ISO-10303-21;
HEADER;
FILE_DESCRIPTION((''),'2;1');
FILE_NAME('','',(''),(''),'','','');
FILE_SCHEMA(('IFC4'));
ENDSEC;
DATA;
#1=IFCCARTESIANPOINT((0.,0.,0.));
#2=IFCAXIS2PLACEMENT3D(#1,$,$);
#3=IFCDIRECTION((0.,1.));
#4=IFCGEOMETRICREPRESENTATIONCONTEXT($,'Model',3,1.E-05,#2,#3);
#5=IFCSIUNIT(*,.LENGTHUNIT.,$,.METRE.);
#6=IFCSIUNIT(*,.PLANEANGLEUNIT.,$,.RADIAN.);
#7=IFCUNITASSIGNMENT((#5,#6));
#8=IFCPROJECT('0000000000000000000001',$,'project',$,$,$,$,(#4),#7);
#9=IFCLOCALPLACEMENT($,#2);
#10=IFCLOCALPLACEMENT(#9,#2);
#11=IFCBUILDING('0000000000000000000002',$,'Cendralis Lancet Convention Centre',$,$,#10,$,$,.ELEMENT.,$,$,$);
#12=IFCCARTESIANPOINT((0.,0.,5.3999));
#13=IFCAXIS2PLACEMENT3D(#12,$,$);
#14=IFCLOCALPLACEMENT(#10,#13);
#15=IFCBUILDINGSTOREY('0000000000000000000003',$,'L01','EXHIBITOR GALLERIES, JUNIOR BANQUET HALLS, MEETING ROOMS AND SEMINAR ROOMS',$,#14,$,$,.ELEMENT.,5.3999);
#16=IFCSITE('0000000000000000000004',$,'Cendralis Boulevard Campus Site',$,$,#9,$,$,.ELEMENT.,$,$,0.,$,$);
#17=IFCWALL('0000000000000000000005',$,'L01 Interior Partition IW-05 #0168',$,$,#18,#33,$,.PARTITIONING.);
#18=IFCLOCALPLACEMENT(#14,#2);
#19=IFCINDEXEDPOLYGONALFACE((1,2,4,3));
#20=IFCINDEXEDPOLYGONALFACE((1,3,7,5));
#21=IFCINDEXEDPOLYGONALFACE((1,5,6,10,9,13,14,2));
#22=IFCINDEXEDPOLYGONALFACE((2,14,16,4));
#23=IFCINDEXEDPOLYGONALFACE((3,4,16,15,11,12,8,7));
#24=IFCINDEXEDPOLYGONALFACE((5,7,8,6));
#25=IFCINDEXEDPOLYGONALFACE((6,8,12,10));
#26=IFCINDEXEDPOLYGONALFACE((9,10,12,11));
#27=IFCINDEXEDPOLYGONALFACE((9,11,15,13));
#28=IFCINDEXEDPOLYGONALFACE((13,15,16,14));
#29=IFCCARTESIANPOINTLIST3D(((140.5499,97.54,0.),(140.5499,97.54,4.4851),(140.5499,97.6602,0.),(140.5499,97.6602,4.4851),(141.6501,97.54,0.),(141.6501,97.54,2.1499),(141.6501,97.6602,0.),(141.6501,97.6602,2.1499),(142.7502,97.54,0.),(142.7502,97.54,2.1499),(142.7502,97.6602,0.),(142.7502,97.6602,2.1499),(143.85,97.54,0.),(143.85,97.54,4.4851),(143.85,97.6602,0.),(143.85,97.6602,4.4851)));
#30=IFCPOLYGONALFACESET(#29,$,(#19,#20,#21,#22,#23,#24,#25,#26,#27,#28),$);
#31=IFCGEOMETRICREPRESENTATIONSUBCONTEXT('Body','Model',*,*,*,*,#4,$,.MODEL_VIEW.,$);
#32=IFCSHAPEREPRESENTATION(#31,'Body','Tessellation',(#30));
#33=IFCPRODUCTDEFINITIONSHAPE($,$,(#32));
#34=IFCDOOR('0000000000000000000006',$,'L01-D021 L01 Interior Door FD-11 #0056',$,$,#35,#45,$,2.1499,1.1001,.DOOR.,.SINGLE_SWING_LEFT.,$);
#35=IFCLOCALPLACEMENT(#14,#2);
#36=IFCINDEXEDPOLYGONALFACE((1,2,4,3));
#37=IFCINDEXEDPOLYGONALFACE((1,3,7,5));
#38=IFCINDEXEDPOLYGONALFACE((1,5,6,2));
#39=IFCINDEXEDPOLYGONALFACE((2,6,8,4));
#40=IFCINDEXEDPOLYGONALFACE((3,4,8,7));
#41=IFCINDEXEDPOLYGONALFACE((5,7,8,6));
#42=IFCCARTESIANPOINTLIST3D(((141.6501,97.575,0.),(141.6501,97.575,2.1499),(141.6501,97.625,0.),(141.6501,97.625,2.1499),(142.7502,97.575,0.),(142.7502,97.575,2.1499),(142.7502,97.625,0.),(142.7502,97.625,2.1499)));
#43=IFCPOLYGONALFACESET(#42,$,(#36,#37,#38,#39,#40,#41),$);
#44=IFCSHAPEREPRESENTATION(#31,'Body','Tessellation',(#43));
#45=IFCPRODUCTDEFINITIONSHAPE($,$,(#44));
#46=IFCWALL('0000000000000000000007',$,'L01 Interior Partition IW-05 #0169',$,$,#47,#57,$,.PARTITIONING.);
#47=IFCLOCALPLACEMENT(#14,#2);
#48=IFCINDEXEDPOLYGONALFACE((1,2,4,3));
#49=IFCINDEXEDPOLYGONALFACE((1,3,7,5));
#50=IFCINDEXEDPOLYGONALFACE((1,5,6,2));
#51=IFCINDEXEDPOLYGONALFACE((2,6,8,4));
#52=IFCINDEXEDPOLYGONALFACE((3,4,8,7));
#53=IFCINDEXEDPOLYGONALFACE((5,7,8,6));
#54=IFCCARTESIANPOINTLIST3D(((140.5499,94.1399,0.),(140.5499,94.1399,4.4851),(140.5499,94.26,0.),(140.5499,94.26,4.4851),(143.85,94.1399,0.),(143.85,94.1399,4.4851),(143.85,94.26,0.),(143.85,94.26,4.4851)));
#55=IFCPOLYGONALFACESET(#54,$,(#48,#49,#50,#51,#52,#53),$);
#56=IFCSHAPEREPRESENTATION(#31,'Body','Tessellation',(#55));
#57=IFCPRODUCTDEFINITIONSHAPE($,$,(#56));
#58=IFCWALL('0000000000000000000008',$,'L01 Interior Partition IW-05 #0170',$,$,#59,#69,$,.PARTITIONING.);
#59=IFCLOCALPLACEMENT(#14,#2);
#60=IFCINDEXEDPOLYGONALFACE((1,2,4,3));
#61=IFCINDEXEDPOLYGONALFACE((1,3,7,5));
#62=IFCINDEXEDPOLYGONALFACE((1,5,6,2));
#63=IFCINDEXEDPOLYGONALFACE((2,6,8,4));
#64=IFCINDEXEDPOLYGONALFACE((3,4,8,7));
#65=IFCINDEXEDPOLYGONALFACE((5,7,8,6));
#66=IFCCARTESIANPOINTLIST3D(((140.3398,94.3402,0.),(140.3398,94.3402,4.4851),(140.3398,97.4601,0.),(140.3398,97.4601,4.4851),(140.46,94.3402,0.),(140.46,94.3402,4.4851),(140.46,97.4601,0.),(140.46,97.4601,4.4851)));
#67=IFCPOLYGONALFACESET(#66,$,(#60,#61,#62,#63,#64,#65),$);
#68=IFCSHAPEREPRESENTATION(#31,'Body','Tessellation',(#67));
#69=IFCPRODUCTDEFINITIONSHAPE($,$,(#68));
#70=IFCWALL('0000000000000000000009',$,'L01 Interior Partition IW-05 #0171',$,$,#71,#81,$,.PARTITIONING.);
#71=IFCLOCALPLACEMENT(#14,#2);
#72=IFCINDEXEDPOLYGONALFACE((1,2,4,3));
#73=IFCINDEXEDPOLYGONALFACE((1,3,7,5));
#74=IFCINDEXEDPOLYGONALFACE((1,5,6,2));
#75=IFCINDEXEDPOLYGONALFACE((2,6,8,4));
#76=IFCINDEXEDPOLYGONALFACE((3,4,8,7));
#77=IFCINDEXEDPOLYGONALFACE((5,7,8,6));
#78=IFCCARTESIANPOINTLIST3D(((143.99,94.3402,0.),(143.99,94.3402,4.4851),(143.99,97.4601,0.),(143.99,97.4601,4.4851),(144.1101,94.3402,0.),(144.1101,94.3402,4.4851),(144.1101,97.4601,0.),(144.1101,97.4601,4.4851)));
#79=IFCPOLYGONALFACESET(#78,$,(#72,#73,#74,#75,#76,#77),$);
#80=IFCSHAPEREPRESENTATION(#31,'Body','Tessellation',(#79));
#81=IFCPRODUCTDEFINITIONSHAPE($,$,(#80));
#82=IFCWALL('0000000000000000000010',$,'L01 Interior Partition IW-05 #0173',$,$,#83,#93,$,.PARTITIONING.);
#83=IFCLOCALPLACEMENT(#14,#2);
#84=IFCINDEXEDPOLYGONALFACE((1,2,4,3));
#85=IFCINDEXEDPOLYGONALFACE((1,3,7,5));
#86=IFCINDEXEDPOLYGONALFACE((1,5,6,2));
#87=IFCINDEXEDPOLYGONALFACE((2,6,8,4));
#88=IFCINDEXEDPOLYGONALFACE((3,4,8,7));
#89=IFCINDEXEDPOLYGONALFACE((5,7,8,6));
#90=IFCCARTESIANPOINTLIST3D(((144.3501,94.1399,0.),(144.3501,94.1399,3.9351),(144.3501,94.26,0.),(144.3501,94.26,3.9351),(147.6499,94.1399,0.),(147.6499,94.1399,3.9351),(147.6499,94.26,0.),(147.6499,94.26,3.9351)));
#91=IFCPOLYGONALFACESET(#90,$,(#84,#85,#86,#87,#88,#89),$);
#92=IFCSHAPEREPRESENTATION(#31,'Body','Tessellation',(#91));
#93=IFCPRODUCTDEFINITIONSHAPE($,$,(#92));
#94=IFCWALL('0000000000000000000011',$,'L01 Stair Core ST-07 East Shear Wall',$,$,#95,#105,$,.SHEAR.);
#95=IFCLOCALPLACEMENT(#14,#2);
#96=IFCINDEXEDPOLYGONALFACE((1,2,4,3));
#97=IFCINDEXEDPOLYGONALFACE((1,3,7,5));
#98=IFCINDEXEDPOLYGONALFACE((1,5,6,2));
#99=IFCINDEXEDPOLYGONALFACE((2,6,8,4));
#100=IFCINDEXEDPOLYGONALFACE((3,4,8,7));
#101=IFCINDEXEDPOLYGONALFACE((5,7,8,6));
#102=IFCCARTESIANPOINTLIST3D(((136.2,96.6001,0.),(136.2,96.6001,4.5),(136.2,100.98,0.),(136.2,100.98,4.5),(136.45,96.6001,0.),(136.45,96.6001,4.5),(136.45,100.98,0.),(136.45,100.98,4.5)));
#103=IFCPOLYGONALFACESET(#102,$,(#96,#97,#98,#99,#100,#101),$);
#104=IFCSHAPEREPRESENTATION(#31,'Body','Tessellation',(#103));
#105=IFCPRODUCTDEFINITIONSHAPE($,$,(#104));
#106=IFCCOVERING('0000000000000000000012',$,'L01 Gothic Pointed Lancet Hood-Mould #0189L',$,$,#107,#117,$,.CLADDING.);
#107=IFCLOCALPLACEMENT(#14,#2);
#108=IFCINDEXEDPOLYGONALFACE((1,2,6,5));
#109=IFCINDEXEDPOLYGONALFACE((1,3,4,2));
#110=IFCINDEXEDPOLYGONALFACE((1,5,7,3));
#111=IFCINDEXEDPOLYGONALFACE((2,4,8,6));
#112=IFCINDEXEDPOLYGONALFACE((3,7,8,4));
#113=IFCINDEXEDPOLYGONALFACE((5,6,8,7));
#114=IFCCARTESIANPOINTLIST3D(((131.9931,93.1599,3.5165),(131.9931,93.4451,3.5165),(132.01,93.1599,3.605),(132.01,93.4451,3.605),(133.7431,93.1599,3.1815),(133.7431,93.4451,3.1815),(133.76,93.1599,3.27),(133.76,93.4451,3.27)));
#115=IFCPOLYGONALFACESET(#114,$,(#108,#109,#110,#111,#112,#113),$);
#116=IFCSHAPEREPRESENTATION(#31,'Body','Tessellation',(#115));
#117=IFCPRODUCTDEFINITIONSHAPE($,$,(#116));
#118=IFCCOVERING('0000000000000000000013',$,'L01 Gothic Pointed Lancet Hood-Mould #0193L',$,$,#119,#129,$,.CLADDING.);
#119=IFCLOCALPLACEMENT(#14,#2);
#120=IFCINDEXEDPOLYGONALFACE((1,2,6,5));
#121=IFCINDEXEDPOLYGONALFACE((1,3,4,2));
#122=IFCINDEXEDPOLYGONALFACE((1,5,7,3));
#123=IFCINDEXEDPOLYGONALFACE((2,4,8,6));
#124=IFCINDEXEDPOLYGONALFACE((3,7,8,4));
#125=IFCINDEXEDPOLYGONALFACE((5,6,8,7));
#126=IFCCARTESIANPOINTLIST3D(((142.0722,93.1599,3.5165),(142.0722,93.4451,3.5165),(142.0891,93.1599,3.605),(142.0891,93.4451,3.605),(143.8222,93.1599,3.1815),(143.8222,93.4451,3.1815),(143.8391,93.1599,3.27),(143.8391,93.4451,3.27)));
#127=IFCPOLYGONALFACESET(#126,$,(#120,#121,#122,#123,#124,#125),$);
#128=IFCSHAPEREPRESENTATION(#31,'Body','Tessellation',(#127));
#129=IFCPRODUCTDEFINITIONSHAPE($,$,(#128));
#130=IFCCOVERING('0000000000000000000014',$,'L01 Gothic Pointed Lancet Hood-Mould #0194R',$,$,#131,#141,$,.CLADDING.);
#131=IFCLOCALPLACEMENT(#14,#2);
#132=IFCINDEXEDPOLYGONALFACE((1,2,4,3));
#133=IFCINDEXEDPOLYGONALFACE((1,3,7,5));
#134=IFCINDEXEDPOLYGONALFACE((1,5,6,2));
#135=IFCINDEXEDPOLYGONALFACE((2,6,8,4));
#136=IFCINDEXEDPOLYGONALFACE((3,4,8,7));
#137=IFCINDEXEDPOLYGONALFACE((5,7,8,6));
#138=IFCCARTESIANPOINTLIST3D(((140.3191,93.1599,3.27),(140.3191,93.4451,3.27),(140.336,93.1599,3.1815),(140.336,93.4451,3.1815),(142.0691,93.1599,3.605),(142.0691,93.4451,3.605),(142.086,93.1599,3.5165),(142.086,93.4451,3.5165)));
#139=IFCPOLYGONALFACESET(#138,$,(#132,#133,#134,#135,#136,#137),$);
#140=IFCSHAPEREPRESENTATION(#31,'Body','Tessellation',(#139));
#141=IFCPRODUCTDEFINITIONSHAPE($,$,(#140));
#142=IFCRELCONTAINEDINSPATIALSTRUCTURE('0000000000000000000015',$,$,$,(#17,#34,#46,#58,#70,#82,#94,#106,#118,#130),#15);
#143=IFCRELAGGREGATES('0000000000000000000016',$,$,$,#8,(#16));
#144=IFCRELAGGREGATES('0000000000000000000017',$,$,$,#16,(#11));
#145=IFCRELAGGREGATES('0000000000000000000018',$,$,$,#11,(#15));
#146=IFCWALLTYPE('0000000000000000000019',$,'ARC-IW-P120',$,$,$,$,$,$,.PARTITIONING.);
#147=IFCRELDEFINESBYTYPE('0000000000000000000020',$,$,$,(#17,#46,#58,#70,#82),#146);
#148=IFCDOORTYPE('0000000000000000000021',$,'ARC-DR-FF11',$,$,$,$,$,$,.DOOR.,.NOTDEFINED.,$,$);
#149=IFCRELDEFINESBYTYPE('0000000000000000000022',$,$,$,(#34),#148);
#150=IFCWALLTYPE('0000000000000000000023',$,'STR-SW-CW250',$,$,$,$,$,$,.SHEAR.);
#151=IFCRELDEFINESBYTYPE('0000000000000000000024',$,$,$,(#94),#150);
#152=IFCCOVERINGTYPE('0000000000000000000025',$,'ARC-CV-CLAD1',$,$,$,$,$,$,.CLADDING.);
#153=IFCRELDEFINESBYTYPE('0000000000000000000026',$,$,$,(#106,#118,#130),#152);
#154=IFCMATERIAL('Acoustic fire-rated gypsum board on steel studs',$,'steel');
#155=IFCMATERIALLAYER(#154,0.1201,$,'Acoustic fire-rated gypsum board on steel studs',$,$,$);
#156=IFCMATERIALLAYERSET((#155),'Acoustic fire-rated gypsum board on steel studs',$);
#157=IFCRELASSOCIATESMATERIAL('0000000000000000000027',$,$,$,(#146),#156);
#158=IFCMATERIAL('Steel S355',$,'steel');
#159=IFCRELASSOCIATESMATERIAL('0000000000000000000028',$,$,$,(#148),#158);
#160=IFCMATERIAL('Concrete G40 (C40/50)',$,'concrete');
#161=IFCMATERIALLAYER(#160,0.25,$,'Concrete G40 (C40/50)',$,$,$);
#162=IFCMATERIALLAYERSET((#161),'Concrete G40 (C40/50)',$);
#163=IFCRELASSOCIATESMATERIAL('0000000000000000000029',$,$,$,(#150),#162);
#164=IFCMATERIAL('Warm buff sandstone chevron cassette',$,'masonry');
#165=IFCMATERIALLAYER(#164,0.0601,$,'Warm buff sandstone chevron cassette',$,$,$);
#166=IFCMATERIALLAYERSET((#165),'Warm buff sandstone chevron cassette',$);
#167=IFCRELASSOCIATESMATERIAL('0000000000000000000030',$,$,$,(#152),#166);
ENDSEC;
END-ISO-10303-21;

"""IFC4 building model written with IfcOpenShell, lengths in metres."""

from ifc_helpers import new_model, si_unit, direction, frame, frame_2d, origin, place, context, subcontext, project, spatial, polyline, rectangle, outline, extrude, material, layer, layer_set, type_object, element, fill, save


model = new_model("IFC4")

# Units and contexts
model_context = context("Model", 3, precision=1e-05, world=origin(), true_north=direction((0.0, 1.0)))
body_context = subcontext(model_context, "Body", "Model", "MODEL_VIEW")
ifc_project = project(units=[si_unit("LENGTHUNIT", "METRE"), si_unit("PLANEANGLEUNIT", "RADIAN")], contexts=[model_context])

# Site, building, storey
site_placement = place(None, origin())
site = spatial("IfcSite", under=ifc_project, at=site_placement, Name="Cendralis Boulevard Campus Site", CompositionType="ELEMENT", RefElevation=0.0)
building_placement = place(site_placement, origin())
building = spatial("IfcBuilding", under=site, at=building_placement, Name="Cendralis Lancet Convention Centre", CompositionType="ELEMENT")
storey_placement = place(building_placement, frame((0.0, 0.0, 5.3999)))
storey = spatial("IfcBuildingStorey", under=building, at=storey_placement, Name="L01", Description="EXHIBITOR GALLERIES, JUNIOR BANQUET HALLS, MEETING ROOMS AND SEMINAR ROOMS", CompositionType="ELEMENT", Elevation=5.3999)

# Shared definitions
ifc_material_1 = material(Name="Steel S355", Category="steel")

# Shared definitions
ifc_material_2 = material(Name="Concrete G40 (C40/50)", Category="concrete")

# Wall, opening, door
ifc_material_3 = material(Name="Acoustic fire-rated gypsum board on steel studs", Category="steel")
ifc_layer_1 = layer(ifc_material_3, 0.1201, Name="Acoustic fire-rated gypsum board on steel studs")
ifc_layer_set_1 = layer_set([ifc_layer_1], Name="Acoustic fire-rated gypsum board on steel studs")
wall_type_1 = type_object("IfcWallType", Name="ARC-IW-P120", PredefinedType="PARTITIONING", material=ifc_layer_set_1)
wall_1_placement = place(storey_placement, frame((140.55, 97.6001, 0.0), z_axis=(0.0, 0.0, 1.0), x_axis=(1.0, 0.0, 0.0)))
wall_1 = element("IfcWall", 1, at=wall_1_placement, inside=storey, type_object=wall_type_1, Name="L01 Interior Partition IW-05 #0168", PredefinedType="PARTITIONING", context=body_context, shape_type="SweptSolid", body=[
    extrude(rectangle(XDim=3.3, YDim=0.1201, at=frame_2d((1.6499, 0.0))), origin(), (0.0, 0.0, 1.0), 4.4851),
])
opening_1_placement = place(wall_1_placement, frame((1.1001, 0.0, 0.0)))
opening_1 = element("IfcOpeningElement", 2, at=opening_1_placement, cuts=wall_1, PredefinedType="OPENING", context=body_context, shape_type="SweptSolid", body=[
    extrude(rectangle(XDim=1.1001, YDim=2.1499, at=frame_2d((0.55, 1.075))), frame((0.0, 0.0701, 0.0), z_axis=(0.0, -1.0, 0.0), x_axis=(1.0, 0.0, 0.0)), (0.0, 0.0, 1.0), 0.1401),
])
door_type = type_object("IfcDoorType", Name="ARC-DR-FF11", OperationType="NOTDEFINED", PredefinedType="DOOR", material=ifc_material_1)
door_1_placement = place(opening_1_placement, origin())
door_1 = element("IfcDoor", 3, at=door_1_placement, inside=storey, type_object=door_type, Name="L01-D021 L01 Interior Door FD-11 #0056", OperationType="SINGLE_SWING_LEFT", OverallHeight=2.1499, OverallWidth=1.1001, PredefinedType="DOOR", context=body_context, shape_type="SweptSolid", body=[
    extrude(rectangle(XDim=1.1001, YDim=2.1499, at=frame_2d((0.55, 1.075))), frame((0.0, 0.0249, 0.0), z_axis=(0.0, -1.0, 0.0), x_axis=(1.0, 0.0, 0.0)), (0.0, 0.0, 1.0), 0.05),
])
fill(opening_1, door_1)

# Walls
wall_2_placement = place(storey_placement, frame((140.55, 94.2, 0.0), z_axis=(0.0, 0.0, 1.0), x_axis=(1.0, 0.0, 0.0)))
element("IfcWall", 4, at=wall_2_placement, inside=storey, type_object=wall_type_1, Name="L01 Interior Partition IW-05 #0169", PredefinedType="PARTITIONING", context=body_context, shape_type="SweptSolid", body=[
    extrude(rectangle(XDim=3.3, YDim=0.1201, at=frame_2d((1.6499, 0.0))), origin(), (0.0, 0.0, 1.0), 4.4851),
])
for number, where, z_axis, x_axis, name in (
    (5, (140.3999, 94.3401, 0.0), (0.0, 0.0, 1.0), (0.0, 1.0, 0.0), "L01 Interior Partition IW-05 #0170"),
    (6, (144.05, 94.3401, 0.0), (0.0, 0.0, 1.0), (0.0, 1.0, 0.0), "L01 Interior Partition IW-05 #0171"),
):
    element("IfcWall", number, at=place(storey_placement, frame(where, z_axis=z_axis, x_axis=x_axis)), inside=storey, type_object=wall_type_1, Name=name, PredefinedType="PARTITIONING", context=body_context, shape_type="SweptSolid", body=[
        extrude(rectangle(XDim=3.1199, YDim=0.1201, at=frame_2d((1.5601, 0.0))), origin(), (0.0, 0.0, 1.0), 4.4851),
    ])

# Walls
wall_3_placement = place(storey_placement, frame((144.3501, 94.2, 0.0), z_axis=(0.0, 0.0, 1.0), x_axis=(1.0, 0.0, 0.0)))
element("IfcWall", 7, at=wall_3_placement, inside=storey, type_object=wall_type_1, Name="L01 Interior Partition IW-05 #0173", PredefinedType="PARTITIONING", context=body_context, shape_type="SweptSolid", body=[
    extrude(rectangle(XDim=3.2998, YDim=0.1201, at=frame_2d((1.6499, 0.0))), origin(), (0.0, 0.0, 1.0), 3.9351),
])
ifc_layer_2 = layer(ifc_material_2, 0.25, Name="Concrete G40 (C40/50)")
ifc_layer_set_2 = layer_set([ifc_layer_2], Name="Concrete G40 (C40/50)")
wall_type_2 = type_object("IfcWallType", Name="STR-SW-CW250", PredefinedType="SHEAR", material=ifc_layer_set_2)
wall_4_placement = place(storey_placement, frame((136.325, 96.6001, 0.0), z_axis=(0.0, 0.0, 1.0), x_axis=(0.0, 1.0, 0.0)))
element("IfcWall", 8, at=wall_4_placement, inside=storey, type_object=wall_type_2, Name="L01 Stair Core ST-07 East Shear Wall", PredefinedType="SHEAR", context=body_context, shape_type="SweptSolid", body=[
    extrude(rectangle(XDim=4.3799, YDim=0.25, at=frame_2d((2.1899, 0.0))), origin(), (0.0, 0.0, 1.0), 4.5),
])

# Coverings
ifc_material_4 = material(Name="Warm buff sandstone chevron cassette", Category="masonry")
ifc_layer_3 = layer(ifc_material_4, 0.0601, Name="Warm buff sandstone chevron cassette")
ifc_layer_set_3 = layer_set([ifc_layer_3], Name="Warm buff sandstone chevron cassette")
covering_type = type_object("IfcCoveringType", Name="ARC-CV-CLAD1", PredefinedType="CLADDING", material=ifc_layer_set_3)
for number, where, z_axis, x_axis, name in (
    (9, (133.76, 93.1599, 3.27), (0.187994, 0.0, 0.98217), (0.0, 1.0, 0.0), "L01 Gothic Pointed Lancet Hood-Mould #0189L"),
    (10, (143.8391, 93.1599, 3.27), (0.187994, 0.0, 0.98217), (0.0, 1.0, 0.0), "L01 Gothic Pointed Lancet Hood-Mould #0193L"),
    (11, (142.0691, 93.1599, 3.605), (-0.187994, 0.0, 0.98217), (0.0, 1.0, 0.0), "L01 Gothic Pointed Lancet Hood-Mould #0194R"),
):
    element("IfcCovering", number, at=place(storey_placement, frame(where, z_axis=z_axis, x_axis=x_axis)), inside=storey, type_object=covering_type, Name=name, PredefinedType="CLADDING", context=body_context, shape_type="SweptSolid", body=[
        extrude(outline(polyline([(0.0, 0.0), (0.2852, 0.0), (0.2852, 1.7818), (0.0, 1.7818), (0.0, 0.0)])), origin(), (0.0, 0.0, -1.0), 0.0901),
    ])

save(model, "model.ifc")
